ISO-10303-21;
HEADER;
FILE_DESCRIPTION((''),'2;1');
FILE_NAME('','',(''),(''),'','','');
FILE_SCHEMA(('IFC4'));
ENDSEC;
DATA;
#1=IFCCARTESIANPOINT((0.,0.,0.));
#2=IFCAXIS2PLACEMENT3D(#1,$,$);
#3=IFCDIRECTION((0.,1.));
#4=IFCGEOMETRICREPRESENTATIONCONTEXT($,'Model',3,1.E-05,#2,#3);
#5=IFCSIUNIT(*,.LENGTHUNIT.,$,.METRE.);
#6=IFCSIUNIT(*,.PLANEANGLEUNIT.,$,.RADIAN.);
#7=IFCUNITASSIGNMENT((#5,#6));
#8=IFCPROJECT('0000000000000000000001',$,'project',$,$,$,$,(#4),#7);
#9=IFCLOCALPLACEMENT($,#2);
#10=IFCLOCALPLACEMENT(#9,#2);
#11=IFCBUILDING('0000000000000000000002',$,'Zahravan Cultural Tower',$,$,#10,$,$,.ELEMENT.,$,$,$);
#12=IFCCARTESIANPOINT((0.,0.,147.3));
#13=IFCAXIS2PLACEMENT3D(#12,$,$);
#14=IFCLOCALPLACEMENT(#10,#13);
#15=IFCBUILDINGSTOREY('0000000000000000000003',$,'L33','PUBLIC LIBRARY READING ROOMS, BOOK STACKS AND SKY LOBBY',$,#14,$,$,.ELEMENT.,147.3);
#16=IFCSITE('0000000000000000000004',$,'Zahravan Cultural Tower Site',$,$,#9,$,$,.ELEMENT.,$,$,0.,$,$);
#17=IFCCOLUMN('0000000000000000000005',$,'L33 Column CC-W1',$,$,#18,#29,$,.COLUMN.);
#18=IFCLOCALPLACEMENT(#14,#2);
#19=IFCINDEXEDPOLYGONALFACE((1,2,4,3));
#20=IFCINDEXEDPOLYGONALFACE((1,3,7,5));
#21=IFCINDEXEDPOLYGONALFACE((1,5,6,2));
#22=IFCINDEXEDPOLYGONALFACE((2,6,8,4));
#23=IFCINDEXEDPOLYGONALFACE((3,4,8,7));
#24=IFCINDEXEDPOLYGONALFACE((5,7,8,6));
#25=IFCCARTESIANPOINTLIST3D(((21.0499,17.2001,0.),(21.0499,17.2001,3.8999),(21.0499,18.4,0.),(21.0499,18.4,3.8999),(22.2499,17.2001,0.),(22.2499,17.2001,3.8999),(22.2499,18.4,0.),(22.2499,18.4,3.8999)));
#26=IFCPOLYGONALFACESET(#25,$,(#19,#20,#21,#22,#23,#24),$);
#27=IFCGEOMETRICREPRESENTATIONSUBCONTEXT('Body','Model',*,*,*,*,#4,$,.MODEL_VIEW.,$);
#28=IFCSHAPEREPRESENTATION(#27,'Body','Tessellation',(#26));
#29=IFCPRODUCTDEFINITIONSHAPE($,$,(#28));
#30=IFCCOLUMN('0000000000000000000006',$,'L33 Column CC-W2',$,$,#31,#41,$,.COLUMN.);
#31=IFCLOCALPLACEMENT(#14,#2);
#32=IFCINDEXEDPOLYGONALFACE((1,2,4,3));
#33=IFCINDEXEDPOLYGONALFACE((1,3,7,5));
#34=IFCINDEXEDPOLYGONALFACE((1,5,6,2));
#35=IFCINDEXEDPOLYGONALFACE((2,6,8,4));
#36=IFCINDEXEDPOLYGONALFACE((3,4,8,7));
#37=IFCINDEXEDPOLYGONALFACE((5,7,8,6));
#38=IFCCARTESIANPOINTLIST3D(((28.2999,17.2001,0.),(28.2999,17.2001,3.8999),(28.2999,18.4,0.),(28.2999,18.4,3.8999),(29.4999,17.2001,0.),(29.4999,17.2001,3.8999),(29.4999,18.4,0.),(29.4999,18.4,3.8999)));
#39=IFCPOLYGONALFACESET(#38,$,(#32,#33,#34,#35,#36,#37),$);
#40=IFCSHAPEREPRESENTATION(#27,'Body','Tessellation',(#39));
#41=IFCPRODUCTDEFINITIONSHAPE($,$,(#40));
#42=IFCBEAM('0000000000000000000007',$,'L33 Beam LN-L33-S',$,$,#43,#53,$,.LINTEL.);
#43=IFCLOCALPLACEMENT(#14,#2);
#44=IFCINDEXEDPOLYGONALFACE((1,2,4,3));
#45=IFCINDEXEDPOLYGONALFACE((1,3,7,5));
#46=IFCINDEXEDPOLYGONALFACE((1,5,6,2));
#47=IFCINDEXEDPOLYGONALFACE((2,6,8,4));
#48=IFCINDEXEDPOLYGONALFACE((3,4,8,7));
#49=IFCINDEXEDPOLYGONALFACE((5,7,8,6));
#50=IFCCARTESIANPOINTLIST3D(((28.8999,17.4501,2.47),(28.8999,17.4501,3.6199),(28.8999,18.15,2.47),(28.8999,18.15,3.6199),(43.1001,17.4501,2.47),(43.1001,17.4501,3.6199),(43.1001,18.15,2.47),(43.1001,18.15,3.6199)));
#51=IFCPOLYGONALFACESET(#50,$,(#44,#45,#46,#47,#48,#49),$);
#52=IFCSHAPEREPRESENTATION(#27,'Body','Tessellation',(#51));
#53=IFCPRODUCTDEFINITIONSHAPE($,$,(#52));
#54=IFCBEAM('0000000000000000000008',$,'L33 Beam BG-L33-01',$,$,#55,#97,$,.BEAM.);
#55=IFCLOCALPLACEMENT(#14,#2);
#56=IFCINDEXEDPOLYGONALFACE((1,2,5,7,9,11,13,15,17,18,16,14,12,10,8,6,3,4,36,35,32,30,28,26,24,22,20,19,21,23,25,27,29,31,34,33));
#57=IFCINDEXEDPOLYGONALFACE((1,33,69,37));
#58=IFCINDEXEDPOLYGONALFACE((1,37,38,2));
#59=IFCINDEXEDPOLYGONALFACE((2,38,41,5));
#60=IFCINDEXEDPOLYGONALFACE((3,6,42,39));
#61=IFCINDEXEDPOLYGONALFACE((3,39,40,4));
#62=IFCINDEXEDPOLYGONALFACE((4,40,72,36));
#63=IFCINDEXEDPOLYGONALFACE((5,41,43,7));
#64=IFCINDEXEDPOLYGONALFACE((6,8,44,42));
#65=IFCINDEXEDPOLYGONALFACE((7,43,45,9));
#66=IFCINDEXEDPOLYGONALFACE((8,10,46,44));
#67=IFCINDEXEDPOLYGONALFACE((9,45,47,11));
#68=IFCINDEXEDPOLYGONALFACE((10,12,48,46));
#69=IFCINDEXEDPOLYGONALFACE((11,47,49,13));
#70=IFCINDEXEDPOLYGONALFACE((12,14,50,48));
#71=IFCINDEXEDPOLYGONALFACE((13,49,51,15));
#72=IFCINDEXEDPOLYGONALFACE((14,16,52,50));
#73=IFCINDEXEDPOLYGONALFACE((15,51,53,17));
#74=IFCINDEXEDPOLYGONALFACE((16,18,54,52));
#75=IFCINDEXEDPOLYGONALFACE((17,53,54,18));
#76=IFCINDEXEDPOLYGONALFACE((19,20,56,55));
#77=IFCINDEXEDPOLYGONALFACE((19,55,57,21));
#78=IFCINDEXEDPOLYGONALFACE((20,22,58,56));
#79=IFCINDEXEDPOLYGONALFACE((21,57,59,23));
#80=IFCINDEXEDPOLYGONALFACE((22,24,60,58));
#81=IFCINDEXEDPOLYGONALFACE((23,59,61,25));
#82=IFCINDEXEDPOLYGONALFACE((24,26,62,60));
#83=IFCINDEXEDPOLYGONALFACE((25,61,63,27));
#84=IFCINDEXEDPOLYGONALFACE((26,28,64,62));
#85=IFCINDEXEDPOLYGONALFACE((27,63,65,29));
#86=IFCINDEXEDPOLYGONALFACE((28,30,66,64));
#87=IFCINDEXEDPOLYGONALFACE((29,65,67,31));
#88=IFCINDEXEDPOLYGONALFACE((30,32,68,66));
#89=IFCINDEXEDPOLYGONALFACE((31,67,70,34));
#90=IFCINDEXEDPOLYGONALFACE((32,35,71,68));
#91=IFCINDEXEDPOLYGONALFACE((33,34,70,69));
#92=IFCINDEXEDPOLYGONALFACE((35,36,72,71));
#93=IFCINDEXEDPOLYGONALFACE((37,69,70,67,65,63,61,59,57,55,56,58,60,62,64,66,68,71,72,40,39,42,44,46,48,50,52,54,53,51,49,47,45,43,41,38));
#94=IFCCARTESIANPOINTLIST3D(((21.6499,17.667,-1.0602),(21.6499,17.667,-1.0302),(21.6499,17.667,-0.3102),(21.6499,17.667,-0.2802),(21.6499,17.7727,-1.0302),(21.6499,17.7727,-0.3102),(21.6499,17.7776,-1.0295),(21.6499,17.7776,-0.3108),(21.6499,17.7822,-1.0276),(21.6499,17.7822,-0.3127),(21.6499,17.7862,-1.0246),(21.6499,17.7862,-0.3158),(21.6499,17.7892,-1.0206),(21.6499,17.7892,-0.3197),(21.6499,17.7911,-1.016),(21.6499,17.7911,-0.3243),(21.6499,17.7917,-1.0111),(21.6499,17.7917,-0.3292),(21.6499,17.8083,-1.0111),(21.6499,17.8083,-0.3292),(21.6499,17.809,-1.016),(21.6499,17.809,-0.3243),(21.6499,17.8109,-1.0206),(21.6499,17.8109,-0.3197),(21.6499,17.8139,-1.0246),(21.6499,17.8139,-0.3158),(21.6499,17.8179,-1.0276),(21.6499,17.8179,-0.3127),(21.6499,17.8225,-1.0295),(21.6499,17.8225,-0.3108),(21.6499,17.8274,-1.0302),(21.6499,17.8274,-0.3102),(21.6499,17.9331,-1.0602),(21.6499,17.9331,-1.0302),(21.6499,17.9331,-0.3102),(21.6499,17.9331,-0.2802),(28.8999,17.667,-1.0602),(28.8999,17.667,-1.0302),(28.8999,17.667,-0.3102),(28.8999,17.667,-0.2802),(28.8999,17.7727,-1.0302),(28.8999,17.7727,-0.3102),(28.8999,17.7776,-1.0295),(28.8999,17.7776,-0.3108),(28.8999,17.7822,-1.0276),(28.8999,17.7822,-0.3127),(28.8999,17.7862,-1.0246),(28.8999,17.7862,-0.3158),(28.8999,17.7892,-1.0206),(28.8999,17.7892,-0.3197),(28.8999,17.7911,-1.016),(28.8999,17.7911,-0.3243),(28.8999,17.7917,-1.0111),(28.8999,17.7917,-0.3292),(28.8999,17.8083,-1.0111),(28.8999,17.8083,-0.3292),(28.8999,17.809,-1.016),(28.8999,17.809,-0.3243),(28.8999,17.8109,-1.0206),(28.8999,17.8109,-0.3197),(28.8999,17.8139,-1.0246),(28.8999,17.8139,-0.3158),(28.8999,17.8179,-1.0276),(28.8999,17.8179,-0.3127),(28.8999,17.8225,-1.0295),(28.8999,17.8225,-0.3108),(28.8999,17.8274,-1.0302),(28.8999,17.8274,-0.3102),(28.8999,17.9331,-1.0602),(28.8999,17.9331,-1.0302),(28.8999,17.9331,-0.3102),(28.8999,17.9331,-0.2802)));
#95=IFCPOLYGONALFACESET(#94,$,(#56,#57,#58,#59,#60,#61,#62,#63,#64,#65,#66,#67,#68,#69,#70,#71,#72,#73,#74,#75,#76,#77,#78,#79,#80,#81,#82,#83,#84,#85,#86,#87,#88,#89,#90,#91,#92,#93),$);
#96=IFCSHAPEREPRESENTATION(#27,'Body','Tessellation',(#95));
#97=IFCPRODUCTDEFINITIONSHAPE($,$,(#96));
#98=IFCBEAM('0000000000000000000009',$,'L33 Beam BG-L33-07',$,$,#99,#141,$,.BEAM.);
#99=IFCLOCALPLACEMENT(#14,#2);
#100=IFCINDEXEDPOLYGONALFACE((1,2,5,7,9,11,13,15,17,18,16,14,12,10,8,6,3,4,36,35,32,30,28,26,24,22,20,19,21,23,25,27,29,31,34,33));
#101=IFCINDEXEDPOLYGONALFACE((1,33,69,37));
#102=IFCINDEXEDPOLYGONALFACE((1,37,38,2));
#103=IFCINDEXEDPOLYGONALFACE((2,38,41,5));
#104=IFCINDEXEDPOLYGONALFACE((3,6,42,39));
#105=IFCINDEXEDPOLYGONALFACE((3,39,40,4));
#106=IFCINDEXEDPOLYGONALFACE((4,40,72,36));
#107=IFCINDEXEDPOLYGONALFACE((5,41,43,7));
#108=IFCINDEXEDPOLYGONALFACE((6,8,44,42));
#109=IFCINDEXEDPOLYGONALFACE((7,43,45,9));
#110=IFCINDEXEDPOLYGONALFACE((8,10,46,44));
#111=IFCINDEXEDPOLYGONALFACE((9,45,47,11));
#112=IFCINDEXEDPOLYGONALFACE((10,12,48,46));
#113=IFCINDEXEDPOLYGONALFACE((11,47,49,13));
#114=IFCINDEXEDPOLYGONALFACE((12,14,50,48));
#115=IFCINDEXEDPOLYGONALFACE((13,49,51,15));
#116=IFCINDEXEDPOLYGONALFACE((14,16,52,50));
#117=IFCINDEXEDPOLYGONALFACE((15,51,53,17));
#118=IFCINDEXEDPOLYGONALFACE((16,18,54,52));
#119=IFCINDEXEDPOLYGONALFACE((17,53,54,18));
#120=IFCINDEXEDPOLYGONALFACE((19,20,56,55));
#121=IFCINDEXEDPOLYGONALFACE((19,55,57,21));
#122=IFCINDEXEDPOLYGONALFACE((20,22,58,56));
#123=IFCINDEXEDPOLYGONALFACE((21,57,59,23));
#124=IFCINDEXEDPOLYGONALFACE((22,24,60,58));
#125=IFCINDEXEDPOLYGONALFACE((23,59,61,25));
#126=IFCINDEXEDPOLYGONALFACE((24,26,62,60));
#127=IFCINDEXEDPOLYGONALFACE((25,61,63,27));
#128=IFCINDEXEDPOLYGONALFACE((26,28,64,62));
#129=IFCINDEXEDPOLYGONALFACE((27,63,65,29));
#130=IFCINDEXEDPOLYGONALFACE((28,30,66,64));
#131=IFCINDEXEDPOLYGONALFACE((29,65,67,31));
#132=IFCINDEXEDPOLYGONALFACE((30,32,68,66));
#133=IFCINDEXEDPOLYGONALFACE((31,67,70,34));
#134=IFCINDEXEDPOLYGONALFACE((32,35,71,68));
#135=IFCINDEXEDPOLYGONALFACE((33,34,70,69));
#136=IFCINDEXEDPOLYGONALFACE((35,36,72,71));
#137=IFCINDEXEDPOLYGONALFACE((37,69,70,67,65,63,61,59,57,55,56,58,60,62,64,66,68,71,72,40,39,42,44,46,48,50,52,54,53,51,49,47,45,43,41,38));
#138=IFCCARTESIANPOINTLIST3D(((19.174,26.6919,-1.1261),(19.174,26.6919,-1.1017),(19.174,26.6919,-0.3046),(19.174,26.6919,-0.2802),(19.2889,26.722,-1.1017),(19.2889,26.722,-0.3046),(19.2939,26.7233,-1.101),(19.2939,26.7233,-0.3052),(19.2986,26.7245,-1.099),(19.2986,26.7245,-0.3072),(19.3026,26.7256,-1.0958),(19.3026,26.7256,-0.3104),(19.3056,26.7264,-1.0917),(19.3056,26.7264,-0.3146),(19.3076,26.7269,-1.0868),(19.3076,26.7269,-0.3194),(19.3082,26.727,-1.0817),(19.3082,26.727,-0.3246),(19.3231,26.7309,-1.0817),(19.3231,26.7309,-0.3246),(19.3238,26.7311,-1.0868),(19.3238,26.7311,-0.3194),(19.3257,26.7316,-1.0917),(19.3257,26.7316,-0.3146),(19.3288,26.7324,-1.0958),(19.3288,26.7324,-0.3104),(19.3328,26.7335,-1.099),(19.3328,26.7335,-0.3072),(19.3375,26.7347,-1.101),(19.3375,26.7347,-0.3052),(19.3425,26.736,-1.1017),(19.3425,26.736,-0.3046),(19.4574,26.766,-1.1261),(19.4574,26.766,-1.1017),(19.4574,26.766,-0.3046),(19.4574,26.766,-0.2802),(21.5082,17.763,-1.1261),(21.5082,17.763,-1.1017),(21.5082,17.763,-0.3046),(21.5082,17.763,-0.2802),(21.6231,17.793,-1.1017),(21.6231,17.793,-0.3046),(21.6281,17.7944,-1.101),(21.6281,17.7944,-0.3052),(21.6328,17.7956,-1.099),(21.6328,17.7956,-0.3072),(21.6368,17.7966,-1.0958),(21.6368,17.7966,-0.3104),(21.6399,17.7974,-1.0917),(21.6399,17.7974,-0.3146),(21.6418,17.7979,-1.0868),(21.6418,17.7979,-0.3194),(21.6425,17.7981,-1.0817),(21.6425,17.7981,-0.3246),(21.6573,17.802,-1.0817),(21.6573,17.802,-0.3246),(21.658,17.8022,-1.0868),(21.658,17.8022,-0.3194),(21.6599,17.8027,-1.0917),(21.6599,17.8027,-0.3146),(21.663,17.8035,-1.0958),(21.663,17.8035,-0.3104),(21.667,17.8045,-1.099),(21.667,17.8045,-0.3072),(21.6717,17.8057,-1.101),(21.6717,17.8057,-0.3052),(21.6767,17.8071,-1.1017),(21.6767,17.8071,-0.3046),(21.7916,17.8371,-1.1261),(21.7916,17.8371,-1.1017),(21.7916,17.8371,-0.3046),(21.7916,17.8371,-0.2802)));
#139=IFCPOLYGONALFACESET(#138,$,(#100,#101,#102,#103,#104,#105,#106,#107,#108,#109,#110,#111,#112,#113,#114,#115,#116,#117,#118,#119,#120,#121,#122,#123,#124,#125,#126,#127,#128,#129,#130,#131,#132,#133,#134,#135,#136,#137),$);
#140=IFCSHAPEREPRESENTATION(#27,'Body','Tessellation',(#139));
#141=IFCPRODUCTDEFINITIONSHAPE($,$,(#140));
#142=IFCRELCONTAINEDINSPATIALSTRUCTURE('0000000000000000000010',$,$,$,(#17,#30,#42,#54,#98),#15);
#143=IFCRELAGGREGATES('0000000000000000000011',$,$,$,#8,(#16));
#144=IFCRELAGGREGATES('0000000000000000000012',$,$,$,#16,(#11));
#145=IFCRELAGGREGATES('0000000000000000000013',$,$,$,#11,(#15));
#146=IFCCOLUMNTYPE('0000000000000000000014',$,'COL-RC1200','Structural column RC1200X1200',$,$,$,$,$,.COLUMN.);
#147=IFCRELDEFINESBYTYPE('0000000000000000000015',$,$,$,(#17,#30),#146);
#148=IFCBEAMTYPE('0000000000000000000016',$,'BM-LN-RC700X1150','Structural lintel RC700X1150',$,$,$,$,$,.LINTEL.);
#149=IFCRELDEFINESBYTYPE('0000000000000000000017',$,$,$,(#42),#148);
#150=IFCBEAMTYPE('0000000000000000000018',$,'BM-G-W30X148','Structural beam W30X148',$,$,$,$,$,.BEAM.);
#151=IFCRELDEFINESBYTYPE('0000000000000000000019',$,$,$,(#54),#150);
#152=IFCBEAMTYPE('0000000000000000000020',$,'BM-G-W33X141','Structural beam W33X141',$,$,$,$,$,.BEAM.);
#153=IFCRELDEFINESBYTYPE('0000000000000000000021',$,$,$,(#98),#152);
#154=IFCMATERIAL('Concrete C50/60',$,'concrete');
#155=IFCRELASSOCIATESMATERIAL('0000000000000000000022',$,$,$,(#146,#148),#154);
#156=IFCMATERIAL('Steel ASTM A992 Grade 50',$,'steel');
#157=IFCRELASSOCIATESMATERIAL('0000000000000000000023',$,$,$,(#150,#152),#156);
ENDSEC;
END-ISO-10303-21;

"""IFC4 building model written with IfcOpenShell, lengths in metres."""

from ifc_helpers import new_model, si_unit, direction, frame, origin, origin_2d, place, context, subcontext, project, spatial, rectangle, i_section, extrude, source, transform, mapped, material, material_profile, profile_set, type_object, element, save


model = new_model("IFC4")

# Units and contexts
model_context = context("Model", 3, precision=1e-05, world=origin(), true_north=direction((0.0, 1.0)))
body_context = subcontext(model_context, "Body", "Model", "MODEL_VIEW")
ifc_project = project(units=[si_unit("LENGTHUNIT", "METRE"), si_unit("PLANEANGLEUNIT", "RADIAN")], contexts=[model_context])

# Site, building, storey
site_placement = place(None, origin())
site = spatial("IfcSite", under=ifc_project, at=site_placement, Name="Zahravan Cultural Tower Site", CompositionType="ELEMENT", RefElevation=0.0)
building_placement = place(site_placement, origin())
building = spatial("IfcBuilding", under=site, at=building_placement, Name="Zahravan Cultural Tower", CompositionType="ELEMENT")
storey_placement = place(building_placement, frame((0.0, 0.0, 147.3)))
storey = spatial("IfcBuildingStorey", under=building, at=storey_placement, Name="L33", Description="PUBLIC LIBRARY READING ROOMS, BOOK STACKS AND SKY LOBBY", CompositionType="ELEMENT", Elevation=147.3)

# Columns
ifc_material_1 = material(Name="Concrete C50/60", Category="concrete")
ifc_material_profile_1 = material_profile(ifc_material_1, rectangle(XDim=1.2, YDim=1.2, at=origin_2d()), Name="RC1200X1200")
ifc_profile_set_1 = profile_set([ifc_material_profile_1], Name="Concrete C50/60")
column_type = type_object("IfcColumnType", Name="COL-RC1200", Description="Structural column RC1200X1200", PredefinedType="COLUMN", material=ifc_profile_set_1)
shared_shape_1 = source(origin(), body_context, "Body", "SweptSolid", [
    extrude(rectangle(XDim=1.2, YDim=1.2, at=origin_2d()), origin(), (0.0, 0.0, 1.0), 3.8999),
])
for number, where, z_axis, x_axis, name in (
    (1, (21.6499, 17.8, 0.0), (0.0, 0.0, 1.0), (1.0, 0.0, 0.0), "L33 Column CC-W1"),
    (2, (28.8999, 17.8, 0.0), (0.0, 0.0, 1.0), (1.0, 0.0, 0.0), "L33 Column CC-W2"),
):
    element("IfcColumn", number, at=place(storey_placement, frame(where, z_axis=z_axis, x_axis=x_axis)), inside=storey, type_object=column_type, Name=name, PredefinedType="COLUMN", context=body_context, shape_type="MappedRepresentation", body=[
        mapped(shared_shape_1, transform((0.0, 0.0, 0.0), x_axis=(1.0, 0.0, 0.0), y_axis=(0.0, 1.0, 0.0), z_axis=(0.0, 0.0, 1.0), scale=1.0)),
    ])

# Beams
ifc_material_profile_2 = material_profile(ifc_material_1, rectangle(XDim=0.7, YDim=1.1499, at=origin_2d()), Name="RC700X1150")
ifc_profile_set_2 = profile_set([ifc_material_profile_2], Name="Concrete C50/60")
beam_type_1 = type_object("IfcBeamType", Name="BM-LN-RC700X1150", Description="Structural lintel RC700X1150", PredefinedType="LINTEL", material=ifc_profile_set_2)
shared_shape_2 = source(origin(), body_context, "Body", "SweptSolid", [
    extrude(rectangle(XDim=0.7, YDim=1.1499, at=origin_2d()), origin(), (0.0, 0.0, 1.0), 14.2002),
])
beam_1_placement = place(storey_placement, frame((28.8999, 17.8, 3.0449), z_axis=(1.0, 0.0, 0.0), x_axis=(0.0, 1.0, 0.0)))
element("IfcBeam", 3, at=beam_1_placement, inside=storey, type_object=beam_type_1, Name="L33 Beam LN-L33-S", PredefinedType="LINTEL", context=body_context, shape_type="MappedRepresentation", body=[
    mapped(shared_shape_2, transform((0.0, 0.0, 0.0), x_axis=(1.0, 0.0, 0.0), y_axis=(0.0, 1.0, 0.0), z_axis=(0.0, 0.0, 1.0), scale=1.0)),
])
ifc_material_2 = material(Name="Steel ASTM A992 Grade 50", Category="steel")
ifc_material_profile_3 = material_profile(ifc_material_2, i_section(OverallWidth=0.2661, OverallDepth=0.78, WebThickness=0.0166, FlangeThickness=0.03, FilletRadius=0.019, at=origin_2d()), Name="W30X148")
ifc_profile_set_3 = profile_set([ifc_material_profile_3], Name="Steel ASTM A992 Grade 50")
beam_type_2 = type_object("IfcBeamType", Name="BM-G-W30X148", Description="Structural beam W30X148", PredefinedType="BEAM", material=ifc_profile_set_3)
shared_shape_3 = source(origin(), body_context, "Body", "SweptSolid", [
    extrude(i_section(OverallWidth=0.2661, OverallDepth=0.78, WebThickness=0.0166, FlangeThickness=0.03, FilletRadius=0.019, at=origin_2d()), origin(), (0.0, 0.0, 1.0), 7.25),
])
beam_2_placement = place(storey_placement, frame((21.6499, 17.8, -0.6702), z_axis=(1.0, 0.0, 0.0), x_axis=(0.0, 1.0, 0.0)))
element("IfcBeam", 4, at=beam_2_placement, inside=storey, type_object=beam_type_2, Name="L33 Beam BG-L33-01", PredefinedType="BEAM", context=body_context, shape_type="MappedRepresentation", body=[
    mapped(shared_shape_3, transform((0.0, 0.0, 0.0), x_axis=(1.0, 0.0, 0.0), y_axis=(0.0, 1.0, 0.0), z_axis=(0.0, 0.0, 1.0), scale=1.0)),
])
ifc_material_profile_4 = material_profile(ifc_material_2, i_section(OverallWidth=0.293, OverallDepth=0.8459, WebThickness=0.0154, FlangeThickness=0.0244, FilletRadius=0.02, at=origin_2d()), Name="W33X141")
ifc_profile_set_4 = profile_set([ifc_material_profile_4], Name="Steel ASTM A992 Grade 50")
beam_type_3 = type_object("IfcBeamType", Name="BM-G-W33X141", Description="Structural beam W33X141", PredefinedType="BEAM", material=ifc_profile_set_4)
shared_shape_4 = source(origin(), body_context, "Body", "SweptSolid", [
    extrude(i_section(OverallWidth=0.293, OverallDepth=0.8459, WebThickness=0.0154, FlangeThickness=0.0244, FilletRadius=0.02, at=origin_2d()), origin(), (0.0, 0.0, 1.0), 9.229),
])
beam_3_placement = place(storey_placement, frame((21.6499, 17.8, -0.7031), z_axis=(-0.252923, 0.967487, 0.0), x_axis=(-0.967487, -0.252923, 0.0)))
element("IfcBeam", 5, at=beam_3_placement, inside=storey, type_object=beam_type_3, Name="L33 Beam BG-L33-07", PredefinedType="BEAM", context=body_context, shape_type="MappedRepresentation", body=[
    mapped(shared_shape_4, transform((0.0, 0.0, 0.0), x_axis=(1.0, 0.0, 0.0), y_axis=(0.0, 1.0, 0.0), z_axis=(0.0, 0.0, 1.0), scale=1.0)),
])

save(model, "model.ifc")
